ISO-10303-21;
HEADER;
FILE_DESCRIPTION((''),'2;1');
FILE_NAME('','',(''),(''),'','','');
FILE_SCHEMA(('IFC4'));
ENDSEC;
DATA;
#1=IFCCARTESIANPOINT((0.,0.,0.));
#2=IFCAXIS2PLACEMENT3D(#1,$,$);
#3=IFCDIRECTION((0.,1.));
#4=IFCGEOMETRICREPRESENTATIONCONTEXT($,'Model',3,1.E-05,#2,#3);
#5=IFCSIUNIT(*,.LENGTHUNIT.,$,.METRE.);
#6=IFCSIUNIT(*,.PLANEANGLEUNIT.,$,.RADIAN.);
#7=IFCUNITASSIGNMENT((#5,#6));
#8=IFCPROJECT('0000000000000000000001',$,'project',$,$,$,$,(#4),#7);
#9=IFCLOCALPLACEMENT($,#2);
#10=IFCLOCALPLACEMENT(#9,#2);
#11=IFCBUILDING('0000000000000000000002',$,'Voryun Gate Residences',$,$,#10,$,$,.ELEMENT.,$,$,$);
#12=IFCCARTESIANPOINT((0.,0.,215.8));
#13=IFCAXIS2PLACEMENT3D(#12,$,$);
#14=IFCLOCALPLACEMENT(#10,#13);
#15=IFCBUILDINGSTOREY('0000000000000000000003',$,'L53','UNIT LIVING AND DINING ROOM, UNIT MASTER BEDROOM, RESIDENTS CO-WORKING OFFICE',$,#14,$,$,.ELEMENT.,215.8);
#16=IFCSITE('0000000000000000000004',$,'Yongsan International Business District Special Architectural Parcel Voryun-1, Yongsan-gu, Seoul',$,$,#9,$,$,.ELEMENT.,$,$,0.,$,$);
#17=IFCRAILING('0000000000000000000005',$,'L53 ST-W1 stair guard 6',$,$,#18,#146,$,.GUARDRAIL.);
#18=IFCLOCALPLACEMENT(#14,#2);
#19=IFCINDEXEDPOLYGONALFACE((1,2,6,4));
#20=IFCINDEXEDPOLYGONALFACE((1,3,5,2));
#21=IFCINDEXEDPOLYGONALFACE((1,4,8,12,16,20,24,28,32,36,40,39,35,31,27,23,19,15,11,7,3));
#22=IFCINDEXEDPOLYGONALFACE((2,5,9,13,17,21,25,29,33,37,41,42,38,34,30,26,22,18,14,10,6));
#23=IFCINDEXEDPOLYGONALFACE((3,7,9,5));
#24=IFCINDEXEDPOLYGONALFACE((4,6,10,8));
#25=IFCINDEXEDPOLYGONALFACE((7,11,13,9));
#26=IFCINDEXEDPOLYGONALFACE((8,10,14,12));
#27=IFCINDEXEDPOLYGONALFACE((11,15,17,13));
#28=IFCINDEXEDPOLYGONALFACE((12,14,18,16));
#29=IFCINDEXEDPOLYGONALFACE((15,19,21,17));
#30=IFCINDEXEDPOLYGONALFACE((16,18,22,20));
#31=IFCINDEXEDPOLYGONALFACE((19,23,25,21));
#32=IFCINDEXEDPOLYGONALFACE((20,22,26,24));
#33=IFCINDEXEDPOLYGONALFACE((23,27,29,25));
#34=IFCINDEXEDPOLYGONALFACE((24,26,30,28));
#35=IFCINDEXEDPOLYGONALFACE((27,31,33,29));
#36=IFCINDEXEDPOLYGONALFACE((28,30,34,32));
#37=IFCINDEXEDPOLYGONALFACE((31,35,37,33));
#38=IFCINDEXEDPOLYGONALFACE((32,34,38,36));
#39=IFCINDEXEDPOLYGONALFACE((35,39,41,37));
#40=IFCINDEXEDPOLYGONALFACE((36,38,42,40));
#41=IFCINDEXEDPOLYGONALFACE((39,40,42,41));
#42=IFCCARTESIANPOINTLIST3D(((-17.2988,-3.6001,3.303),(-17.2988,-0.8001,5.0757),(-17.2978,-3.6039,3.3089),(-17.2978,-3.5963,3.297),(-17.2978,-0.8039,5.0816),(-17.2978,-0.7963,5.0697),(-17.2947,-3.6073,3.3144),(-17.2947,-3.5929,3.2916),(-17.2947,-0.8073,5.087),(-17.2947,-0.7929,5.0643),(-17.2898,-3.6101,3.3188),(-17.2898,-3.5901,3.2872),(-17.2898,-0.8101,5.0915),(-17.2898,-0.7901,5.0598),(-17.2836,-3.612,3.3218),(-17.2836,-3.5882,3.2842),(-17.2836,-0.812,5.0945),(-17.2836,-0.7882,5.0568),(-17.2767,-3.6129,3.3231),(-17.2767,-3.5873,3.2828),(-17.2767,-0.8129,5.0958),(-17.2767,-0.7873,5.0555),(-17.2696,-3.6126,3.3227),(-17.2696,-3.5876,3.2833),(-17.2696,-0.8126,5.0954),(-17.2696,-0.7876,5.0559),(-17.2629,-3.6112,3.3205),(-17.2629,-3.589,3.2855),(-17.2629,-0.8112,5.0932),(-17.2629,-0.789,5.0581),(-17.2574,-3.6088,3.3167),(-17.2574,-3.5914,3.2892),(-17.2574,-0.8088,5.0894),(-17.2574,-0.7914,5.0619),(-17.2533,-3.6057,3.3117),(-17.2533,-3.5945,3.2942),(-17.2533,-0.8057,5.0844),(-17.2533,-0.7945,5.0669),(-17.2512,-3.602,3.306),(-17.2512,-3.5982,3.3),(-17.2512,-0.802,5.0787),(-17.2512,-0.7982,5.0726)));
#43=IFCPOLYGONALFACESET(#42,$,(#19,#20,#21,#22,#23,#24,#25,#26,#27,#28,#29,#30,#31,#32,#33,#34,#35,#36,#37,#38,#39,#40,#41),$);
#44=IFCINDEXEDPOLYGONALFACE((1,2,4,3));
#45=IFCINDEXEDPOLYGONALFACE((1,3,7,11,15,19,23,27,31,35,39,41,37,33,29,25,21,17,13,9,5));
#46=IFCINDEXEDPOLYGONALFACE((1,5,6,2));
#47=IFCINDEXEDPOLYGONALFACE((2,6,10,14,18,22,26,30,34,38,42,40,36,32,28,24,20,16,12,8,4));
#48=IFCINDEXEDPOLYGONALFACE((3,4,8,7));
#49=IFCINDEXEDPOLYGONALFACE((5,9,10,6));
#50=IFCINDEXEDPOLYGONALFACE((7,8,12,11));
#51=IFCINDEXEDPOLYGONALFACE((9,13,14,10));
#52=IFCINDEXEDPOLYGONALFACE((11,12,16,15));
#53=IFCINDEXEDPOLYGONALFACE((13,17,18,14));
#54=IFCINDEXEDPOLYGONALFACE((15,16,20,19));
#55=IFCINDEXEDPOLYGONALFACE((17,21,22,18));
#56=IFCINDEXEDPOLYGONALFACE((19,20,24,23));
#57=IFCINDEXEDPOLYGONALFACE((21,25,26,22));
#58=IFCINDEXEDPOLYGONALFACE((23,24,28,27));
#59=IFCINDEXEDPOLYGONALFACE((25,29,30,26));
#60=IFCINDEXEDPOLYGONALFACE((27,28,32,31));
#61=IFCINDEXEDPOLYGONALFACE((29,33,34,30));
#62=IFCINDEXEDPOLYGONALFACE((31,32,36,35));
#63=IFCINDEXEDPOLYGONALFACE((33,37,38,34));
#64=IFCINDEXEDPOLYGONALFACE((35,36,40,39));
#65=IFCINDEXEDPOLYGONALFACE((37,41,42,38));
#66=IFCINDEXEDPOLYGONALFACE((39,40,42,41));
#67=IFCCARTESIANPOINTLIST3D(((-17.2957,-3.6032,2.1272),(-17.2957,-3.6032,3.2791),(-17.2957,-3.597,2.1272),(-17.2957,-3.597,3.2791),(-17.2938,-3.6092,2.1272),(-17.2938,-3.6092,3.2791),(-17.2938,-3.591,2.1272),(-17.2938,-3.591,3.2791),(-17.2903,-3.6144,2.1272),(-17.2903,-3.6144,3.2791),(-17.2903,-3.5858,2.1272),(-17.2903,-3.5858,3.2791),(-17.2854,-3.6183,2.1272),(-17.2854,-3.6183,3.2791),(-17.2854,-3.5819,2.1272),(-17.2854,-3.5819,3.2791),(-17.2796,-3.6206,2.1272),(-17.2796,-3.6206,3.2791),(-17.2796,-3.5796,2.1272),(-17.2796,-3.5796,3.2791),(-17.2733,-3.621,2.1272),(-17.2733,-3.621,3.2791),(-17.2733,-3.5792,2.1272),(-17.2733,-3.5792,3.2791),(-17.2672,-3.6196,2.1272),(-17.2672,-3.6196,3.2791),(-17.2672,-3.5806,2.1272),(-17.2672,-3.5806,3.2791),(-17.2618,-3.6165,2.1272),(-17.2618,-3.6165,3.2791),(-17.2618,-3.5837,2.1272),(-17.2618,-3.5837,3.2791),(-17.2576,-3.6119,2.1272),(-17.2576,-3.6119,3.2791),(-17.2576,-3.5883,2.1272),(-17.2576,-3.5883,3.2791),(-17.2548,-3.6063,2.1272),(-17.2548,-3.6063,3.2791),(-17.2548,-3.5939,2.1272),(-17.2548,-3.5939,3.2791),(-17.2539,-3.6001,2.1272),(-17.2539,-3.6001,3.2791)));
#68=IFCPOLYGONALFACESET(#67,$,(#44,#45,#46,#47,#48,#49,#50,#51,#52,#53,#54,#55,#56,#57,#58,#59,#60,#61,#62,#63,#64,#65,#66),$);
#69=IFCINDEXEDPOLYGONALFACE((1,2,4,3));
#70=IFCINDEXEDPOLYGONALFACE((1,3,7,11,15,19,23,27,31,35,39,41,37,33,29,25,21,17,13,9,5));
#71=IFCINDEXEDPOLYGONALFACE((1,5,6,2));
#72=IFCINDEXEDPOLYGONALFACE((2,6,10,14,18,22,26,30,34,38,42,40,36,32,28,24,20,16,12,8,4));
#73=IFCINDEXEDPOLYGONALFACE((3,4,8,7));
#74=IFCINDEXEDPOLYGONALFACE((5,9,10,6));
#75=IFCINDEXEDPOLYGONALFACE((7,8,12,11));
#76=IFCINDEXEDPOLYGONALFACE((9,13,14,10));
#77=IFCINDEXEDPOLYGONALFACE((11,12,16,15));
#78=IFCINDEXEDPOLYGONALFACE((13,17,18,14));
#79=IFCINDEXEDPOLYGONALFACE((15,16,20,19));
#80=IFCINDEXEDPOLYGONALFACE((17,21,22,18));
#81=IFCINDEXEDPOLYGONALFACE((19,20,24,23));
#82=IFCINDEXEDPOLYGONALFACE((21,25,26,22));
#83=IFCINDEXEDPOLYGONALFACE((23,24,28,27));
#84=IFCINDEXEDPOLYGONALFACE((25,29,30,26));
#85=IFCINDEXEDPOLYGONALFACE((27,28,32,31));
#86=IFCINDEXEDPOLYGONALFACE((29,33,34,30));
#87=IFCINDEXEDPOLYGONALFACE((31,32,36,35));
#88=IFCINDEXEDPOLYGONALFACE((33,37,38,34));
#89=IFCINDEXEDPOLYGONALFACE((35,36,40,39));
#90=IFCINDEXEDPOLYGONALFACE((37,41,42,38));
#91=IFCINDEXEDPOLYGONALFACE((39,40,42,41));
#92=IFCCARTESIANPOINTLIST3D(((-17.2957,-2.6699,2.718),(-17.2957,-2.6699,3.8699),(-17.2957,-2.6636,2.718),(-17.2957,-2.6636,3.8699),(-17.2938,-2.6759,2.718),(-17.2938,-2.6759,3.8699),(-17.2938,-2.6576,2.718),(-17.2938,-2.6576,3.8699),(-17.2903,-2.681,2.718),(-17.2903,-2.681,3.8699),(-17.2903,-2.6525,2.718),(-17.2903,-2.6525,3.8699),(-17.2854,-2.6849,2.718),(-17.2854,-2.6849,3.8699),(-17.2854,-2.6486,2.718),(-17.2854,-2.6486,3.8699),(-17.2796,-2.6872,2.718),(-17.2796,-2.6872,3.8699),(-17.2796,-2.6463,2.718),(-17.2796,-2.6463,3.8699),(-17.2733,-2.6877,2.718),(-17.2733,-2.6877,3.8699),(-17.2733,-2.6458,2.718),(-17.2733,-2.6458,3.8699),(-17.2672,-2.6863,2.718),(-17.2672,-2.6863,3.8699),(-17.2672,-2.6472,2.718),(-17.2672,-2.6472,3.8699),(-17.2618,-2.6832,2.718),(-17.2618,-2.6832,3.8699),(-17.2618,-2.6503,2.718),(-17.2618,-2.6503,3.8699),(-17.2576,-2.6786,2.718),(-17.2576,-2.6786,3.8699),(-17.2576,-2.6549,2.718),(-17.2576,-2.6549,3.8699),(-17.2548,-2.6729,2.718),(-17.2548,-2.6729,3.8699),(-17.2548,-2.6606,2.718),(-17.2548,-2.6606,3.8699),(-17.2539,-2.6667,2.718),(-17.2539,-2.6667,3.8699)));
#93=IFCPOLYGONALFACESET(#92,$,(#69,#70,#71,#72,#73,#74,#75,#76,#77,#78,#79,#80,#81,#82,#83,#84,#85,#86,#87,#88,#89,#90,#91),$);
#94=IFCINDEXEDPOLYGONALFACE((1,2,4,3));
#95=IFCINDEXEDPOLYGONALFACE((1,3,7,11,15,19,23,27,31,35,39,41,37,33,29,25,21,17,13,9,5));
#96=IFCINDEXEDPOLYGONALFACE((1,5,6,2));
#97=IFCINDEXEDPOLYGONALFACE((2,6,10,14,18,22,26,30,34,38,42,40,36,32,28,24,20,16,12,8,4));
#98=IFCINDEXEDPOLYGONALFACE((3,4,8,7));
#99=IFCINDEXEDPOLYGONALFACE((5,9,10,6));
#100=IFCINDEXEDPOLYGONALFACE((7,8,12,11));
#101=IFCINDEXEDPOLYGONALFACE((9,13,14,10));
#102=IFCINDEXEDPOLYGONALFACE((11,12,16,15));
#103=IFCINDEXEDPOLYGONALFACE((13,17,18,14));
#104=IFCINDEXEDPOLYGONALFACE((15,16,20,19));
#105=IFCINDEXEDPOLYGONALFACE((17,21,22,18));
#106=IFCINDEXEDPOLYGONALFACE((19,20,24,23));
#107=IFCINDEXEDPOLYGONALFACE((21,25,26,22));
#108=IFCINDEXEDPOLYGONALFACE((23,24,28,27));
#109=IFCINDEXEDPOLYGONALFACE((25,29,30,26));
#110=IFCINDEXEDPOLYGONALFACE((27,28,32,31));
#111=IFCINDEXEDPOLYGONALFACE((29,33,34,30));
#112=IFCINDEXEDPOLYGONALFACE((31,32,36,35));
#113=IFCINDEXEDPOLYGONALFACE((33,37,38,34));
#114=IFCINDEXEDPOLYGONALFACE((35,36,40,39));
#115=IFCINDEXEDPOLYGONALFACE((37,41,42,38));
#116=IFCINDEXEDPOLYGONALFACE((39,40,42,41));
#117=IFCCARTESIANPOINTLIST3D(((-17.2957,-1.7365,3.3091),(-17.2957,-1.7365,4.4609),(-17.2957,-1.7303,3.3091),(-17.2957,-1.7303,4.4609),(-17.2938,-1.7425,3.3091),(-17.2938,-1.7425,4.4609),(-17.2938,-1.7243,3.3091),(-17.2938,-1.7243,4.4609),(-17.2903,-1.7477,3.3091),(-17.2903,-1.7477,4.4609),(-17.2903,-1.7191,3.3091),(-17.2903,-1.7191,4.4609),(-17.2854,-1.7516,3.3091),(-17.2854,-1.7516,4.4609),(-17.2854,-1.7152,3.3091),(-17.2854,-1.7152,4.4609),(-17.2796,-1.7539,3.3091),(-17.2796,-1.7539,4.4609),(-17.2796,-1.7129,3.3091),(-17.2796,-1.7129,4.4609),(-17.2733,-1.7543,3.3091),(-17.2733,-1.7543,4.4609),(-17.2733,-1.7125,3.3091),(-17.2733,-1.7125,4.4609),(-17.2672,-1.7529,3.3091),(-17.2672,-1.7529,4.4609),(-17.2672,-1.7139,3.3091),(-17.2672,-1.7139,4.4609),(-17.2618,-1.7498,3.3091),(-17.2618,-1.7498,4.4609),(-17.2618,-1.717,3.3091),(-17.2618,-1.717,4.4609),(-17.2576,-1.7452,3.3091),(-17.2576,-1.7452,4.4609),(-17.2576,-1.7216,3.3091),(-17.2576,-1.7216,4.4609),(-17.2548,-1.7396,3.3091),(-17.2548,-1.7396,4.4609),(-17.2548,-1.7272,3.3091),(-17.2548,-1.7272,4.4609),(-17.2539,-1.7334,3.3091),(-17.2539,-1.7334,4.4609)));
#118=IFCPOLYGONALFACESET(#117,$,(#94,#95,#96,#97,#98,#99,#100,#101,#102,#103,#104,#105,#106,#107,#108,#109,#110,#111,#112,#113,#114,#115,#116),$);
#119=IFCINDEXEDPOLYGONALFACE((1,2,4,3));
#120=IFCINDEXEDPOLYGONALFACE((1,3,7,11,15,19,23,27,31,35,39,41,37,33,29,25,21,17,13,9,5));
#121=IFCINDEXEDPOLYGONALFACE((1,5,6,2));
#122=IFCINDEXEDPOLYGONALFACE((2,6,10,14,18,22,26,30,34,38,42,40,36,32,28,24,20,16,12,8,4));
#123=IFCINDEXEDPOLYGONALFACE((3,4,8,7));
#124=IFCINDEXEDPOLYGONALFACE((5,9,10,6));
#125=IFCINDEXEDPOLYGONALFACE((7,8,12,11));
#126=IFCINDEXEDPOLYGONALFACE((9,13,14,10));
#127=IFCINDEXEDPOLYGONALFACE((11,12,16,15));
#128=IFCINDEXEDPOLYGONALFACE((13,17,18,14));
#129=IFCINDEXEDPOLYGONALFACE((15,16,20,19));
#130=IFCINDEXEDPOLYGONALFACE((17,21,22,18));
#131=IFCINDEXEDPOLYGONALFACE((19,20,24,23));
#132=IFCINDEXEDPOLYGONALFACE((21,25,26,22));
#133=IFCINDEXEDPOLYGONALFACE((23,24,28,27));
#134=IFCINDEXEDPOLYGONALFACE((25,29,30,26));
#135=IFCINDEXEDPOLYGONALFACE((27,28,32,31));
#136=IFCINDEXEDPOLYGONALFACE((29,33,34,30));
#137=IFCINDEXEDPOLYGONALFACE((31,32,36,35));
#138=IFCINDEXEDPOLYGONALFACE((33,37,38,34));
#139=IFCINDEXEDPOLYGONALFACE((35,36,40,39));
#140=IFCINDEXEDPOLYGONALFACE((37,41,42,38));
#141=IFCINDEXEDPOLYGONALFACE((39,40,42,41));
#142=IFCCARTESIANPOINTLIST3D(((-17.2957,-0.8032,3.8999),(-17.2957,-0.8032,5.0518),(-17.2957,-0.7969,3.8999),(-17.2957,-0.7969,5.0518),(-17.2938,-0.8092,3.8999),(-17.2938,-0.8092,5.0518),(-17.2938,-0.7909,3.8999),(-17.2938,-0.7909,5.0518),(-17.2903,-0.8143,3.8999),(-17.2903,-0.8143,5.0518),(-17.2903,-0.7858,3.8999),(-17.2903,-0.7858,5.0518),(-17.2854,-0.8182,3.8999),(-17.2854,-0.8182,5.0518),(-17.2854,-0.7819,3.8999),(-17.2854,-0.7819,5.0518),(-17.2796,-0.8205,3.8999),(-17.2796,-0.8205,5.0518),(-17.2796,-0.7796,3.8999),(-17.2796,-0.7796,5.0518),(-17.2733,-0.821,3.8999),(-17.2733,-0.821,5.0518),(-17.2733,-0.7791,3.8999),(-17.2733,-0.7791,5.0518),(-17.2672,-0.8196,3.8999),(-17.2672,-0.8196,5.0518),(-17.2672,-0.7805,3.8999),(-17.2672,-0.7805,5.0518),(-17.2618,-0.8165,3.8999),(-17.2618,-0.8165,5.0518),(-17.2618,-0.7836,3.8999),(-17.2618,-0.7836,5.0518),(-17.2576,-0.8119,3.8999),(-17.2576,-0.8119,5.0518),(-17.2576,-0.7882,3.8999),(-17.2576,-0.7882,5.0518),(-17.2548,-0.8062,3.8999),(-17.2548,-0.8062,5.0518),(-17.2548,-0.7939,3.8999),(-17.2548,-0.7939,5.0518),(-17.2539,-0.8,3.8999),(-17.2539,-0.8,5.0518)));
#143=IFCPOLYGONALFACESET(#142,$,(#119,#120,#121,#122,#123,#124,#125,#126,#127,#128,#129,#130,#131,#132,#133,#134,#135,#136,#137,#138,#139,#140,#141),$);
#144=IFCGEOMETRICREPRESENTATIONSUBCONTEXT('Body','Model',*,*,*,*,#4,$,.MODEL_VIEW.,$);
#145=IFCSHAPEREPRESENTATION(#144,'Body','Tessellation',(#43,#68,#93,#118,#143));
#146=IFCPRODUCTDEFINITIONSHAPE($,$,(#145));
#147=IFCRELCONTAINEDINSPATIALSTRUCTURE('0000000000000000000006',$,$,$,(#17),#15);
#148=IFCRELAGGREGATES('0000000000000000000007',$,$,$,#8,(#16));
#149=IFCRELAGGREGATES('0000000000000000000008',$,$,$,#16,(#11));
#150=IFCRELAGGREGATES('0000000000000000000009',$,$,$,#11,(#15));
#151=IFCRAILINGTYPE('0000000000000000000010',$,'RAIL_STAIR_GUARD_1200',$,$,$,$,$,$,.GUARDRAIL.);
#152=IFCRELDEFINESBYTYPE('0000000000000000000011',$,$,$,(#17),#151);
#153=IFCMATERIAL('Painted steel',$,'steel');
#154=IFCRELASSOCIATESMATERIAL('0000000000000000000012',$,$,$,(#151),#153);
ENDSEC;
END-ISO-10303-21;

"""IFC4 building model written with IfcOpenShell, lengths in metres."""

from ifc_helpers import new_model, si_unit, direction, frame, origin, origin_2d, place, context, subcontext, project, spatial, circle, extrude, material, type_object, element, save


model = new_model("IFC4")

# Units and contexts
model_context = context("Model", 3, precision=1e-05, world=origin(), true_north=direction((0.0, 1.0)))
body_context = subcontext(model_context, "Body", "Model", "MODEL_VIEW")
ifc_project = project(units=[si_unit("LENGTHUNIT", "METRE"), si_unit("PLANEANGLEUNIT", "RADIAN")], contexts=[model_context])

# Site, building, storey
site_placement = place(None, origin())
site = spatial("IfcSite", under=ifc_project, at=site_placement, Name="Yongsan International Business District Special Architectural Parcel Voryun-1, Yongsan-gu, Seoul", CompositionType="ELEMENT", RefElevation=0.0)
building_placement = place(site_placement, origin())
building = spatial("IfcBuilding", under=site, at=building_placement, Name="Voryun Gate Residences", CompositionType="ELEMENT")
storey_placement = place(building_placement, frame((0.0, 0.0, 215.8)))
storey = spatial("IfcBuildingStorey", under=building, at=storey_placement, Name="L53", Description="UNIT LIVING AND DINING ROOM, UNIT MASTER BEDROOM, RESIDENTS CO-WORKING OFFICE", CompositionType="ELEMENT", Elevation=215.8)

# Railing
ifc_material_1 = material(Name="Painted steel", Category="steel")
railing_type_1 = type_object("IfcRailingType", Name="RAIL_STAIR_GUARD_1200", PredefinedType="GUARDRAIL", material=ifc_material_1)
railing_1_placement = place(storey_placement, frame((-17.2749, -3.6001, 2.1272)))
element("IfcRailing", 1, at=railing_1_placement, inside=storey, type_object=railing_type_1, Name="L53 ST-W1 stair guard 6", PredefinedType="GUARDRAIL", context=body_context, shape_type="SweptSolid", body=[
    extrude(circle(Radius=0.0239, at=origin_2d()), frame((0.0, 0.0, 1.1758), z_axis=(0.0, 0.844909, 0.53491), x_axis=(-1.0, 0.0, 0.0)), (0.0, 0.0, 1.0), 3.314),
    extrude(circle(Radius=0.021, at=origin_2d()), origin(), (0.0, 0.0, 1.0), 1.1519),
    extrude(circle(Radius=0.021, at=origin_2d()), frame((0.0, 0.9333, 0.5908)), (0.0, 0.0, 1.0), 1.1519),
    extrude(circle(Radius=0.021, at=origin_2d()), frame((0.0, 1.8667, 1.1819)), (0.0, 0.0, 1.0), 1.1519),
    extrude(circle(Radius=0.021, at=origin_2d()), frame((0.0, 2.8, 1.7727)), (0.0, 0.0, 1.0), 1.1519),
])

save(model, "model.ifc")
